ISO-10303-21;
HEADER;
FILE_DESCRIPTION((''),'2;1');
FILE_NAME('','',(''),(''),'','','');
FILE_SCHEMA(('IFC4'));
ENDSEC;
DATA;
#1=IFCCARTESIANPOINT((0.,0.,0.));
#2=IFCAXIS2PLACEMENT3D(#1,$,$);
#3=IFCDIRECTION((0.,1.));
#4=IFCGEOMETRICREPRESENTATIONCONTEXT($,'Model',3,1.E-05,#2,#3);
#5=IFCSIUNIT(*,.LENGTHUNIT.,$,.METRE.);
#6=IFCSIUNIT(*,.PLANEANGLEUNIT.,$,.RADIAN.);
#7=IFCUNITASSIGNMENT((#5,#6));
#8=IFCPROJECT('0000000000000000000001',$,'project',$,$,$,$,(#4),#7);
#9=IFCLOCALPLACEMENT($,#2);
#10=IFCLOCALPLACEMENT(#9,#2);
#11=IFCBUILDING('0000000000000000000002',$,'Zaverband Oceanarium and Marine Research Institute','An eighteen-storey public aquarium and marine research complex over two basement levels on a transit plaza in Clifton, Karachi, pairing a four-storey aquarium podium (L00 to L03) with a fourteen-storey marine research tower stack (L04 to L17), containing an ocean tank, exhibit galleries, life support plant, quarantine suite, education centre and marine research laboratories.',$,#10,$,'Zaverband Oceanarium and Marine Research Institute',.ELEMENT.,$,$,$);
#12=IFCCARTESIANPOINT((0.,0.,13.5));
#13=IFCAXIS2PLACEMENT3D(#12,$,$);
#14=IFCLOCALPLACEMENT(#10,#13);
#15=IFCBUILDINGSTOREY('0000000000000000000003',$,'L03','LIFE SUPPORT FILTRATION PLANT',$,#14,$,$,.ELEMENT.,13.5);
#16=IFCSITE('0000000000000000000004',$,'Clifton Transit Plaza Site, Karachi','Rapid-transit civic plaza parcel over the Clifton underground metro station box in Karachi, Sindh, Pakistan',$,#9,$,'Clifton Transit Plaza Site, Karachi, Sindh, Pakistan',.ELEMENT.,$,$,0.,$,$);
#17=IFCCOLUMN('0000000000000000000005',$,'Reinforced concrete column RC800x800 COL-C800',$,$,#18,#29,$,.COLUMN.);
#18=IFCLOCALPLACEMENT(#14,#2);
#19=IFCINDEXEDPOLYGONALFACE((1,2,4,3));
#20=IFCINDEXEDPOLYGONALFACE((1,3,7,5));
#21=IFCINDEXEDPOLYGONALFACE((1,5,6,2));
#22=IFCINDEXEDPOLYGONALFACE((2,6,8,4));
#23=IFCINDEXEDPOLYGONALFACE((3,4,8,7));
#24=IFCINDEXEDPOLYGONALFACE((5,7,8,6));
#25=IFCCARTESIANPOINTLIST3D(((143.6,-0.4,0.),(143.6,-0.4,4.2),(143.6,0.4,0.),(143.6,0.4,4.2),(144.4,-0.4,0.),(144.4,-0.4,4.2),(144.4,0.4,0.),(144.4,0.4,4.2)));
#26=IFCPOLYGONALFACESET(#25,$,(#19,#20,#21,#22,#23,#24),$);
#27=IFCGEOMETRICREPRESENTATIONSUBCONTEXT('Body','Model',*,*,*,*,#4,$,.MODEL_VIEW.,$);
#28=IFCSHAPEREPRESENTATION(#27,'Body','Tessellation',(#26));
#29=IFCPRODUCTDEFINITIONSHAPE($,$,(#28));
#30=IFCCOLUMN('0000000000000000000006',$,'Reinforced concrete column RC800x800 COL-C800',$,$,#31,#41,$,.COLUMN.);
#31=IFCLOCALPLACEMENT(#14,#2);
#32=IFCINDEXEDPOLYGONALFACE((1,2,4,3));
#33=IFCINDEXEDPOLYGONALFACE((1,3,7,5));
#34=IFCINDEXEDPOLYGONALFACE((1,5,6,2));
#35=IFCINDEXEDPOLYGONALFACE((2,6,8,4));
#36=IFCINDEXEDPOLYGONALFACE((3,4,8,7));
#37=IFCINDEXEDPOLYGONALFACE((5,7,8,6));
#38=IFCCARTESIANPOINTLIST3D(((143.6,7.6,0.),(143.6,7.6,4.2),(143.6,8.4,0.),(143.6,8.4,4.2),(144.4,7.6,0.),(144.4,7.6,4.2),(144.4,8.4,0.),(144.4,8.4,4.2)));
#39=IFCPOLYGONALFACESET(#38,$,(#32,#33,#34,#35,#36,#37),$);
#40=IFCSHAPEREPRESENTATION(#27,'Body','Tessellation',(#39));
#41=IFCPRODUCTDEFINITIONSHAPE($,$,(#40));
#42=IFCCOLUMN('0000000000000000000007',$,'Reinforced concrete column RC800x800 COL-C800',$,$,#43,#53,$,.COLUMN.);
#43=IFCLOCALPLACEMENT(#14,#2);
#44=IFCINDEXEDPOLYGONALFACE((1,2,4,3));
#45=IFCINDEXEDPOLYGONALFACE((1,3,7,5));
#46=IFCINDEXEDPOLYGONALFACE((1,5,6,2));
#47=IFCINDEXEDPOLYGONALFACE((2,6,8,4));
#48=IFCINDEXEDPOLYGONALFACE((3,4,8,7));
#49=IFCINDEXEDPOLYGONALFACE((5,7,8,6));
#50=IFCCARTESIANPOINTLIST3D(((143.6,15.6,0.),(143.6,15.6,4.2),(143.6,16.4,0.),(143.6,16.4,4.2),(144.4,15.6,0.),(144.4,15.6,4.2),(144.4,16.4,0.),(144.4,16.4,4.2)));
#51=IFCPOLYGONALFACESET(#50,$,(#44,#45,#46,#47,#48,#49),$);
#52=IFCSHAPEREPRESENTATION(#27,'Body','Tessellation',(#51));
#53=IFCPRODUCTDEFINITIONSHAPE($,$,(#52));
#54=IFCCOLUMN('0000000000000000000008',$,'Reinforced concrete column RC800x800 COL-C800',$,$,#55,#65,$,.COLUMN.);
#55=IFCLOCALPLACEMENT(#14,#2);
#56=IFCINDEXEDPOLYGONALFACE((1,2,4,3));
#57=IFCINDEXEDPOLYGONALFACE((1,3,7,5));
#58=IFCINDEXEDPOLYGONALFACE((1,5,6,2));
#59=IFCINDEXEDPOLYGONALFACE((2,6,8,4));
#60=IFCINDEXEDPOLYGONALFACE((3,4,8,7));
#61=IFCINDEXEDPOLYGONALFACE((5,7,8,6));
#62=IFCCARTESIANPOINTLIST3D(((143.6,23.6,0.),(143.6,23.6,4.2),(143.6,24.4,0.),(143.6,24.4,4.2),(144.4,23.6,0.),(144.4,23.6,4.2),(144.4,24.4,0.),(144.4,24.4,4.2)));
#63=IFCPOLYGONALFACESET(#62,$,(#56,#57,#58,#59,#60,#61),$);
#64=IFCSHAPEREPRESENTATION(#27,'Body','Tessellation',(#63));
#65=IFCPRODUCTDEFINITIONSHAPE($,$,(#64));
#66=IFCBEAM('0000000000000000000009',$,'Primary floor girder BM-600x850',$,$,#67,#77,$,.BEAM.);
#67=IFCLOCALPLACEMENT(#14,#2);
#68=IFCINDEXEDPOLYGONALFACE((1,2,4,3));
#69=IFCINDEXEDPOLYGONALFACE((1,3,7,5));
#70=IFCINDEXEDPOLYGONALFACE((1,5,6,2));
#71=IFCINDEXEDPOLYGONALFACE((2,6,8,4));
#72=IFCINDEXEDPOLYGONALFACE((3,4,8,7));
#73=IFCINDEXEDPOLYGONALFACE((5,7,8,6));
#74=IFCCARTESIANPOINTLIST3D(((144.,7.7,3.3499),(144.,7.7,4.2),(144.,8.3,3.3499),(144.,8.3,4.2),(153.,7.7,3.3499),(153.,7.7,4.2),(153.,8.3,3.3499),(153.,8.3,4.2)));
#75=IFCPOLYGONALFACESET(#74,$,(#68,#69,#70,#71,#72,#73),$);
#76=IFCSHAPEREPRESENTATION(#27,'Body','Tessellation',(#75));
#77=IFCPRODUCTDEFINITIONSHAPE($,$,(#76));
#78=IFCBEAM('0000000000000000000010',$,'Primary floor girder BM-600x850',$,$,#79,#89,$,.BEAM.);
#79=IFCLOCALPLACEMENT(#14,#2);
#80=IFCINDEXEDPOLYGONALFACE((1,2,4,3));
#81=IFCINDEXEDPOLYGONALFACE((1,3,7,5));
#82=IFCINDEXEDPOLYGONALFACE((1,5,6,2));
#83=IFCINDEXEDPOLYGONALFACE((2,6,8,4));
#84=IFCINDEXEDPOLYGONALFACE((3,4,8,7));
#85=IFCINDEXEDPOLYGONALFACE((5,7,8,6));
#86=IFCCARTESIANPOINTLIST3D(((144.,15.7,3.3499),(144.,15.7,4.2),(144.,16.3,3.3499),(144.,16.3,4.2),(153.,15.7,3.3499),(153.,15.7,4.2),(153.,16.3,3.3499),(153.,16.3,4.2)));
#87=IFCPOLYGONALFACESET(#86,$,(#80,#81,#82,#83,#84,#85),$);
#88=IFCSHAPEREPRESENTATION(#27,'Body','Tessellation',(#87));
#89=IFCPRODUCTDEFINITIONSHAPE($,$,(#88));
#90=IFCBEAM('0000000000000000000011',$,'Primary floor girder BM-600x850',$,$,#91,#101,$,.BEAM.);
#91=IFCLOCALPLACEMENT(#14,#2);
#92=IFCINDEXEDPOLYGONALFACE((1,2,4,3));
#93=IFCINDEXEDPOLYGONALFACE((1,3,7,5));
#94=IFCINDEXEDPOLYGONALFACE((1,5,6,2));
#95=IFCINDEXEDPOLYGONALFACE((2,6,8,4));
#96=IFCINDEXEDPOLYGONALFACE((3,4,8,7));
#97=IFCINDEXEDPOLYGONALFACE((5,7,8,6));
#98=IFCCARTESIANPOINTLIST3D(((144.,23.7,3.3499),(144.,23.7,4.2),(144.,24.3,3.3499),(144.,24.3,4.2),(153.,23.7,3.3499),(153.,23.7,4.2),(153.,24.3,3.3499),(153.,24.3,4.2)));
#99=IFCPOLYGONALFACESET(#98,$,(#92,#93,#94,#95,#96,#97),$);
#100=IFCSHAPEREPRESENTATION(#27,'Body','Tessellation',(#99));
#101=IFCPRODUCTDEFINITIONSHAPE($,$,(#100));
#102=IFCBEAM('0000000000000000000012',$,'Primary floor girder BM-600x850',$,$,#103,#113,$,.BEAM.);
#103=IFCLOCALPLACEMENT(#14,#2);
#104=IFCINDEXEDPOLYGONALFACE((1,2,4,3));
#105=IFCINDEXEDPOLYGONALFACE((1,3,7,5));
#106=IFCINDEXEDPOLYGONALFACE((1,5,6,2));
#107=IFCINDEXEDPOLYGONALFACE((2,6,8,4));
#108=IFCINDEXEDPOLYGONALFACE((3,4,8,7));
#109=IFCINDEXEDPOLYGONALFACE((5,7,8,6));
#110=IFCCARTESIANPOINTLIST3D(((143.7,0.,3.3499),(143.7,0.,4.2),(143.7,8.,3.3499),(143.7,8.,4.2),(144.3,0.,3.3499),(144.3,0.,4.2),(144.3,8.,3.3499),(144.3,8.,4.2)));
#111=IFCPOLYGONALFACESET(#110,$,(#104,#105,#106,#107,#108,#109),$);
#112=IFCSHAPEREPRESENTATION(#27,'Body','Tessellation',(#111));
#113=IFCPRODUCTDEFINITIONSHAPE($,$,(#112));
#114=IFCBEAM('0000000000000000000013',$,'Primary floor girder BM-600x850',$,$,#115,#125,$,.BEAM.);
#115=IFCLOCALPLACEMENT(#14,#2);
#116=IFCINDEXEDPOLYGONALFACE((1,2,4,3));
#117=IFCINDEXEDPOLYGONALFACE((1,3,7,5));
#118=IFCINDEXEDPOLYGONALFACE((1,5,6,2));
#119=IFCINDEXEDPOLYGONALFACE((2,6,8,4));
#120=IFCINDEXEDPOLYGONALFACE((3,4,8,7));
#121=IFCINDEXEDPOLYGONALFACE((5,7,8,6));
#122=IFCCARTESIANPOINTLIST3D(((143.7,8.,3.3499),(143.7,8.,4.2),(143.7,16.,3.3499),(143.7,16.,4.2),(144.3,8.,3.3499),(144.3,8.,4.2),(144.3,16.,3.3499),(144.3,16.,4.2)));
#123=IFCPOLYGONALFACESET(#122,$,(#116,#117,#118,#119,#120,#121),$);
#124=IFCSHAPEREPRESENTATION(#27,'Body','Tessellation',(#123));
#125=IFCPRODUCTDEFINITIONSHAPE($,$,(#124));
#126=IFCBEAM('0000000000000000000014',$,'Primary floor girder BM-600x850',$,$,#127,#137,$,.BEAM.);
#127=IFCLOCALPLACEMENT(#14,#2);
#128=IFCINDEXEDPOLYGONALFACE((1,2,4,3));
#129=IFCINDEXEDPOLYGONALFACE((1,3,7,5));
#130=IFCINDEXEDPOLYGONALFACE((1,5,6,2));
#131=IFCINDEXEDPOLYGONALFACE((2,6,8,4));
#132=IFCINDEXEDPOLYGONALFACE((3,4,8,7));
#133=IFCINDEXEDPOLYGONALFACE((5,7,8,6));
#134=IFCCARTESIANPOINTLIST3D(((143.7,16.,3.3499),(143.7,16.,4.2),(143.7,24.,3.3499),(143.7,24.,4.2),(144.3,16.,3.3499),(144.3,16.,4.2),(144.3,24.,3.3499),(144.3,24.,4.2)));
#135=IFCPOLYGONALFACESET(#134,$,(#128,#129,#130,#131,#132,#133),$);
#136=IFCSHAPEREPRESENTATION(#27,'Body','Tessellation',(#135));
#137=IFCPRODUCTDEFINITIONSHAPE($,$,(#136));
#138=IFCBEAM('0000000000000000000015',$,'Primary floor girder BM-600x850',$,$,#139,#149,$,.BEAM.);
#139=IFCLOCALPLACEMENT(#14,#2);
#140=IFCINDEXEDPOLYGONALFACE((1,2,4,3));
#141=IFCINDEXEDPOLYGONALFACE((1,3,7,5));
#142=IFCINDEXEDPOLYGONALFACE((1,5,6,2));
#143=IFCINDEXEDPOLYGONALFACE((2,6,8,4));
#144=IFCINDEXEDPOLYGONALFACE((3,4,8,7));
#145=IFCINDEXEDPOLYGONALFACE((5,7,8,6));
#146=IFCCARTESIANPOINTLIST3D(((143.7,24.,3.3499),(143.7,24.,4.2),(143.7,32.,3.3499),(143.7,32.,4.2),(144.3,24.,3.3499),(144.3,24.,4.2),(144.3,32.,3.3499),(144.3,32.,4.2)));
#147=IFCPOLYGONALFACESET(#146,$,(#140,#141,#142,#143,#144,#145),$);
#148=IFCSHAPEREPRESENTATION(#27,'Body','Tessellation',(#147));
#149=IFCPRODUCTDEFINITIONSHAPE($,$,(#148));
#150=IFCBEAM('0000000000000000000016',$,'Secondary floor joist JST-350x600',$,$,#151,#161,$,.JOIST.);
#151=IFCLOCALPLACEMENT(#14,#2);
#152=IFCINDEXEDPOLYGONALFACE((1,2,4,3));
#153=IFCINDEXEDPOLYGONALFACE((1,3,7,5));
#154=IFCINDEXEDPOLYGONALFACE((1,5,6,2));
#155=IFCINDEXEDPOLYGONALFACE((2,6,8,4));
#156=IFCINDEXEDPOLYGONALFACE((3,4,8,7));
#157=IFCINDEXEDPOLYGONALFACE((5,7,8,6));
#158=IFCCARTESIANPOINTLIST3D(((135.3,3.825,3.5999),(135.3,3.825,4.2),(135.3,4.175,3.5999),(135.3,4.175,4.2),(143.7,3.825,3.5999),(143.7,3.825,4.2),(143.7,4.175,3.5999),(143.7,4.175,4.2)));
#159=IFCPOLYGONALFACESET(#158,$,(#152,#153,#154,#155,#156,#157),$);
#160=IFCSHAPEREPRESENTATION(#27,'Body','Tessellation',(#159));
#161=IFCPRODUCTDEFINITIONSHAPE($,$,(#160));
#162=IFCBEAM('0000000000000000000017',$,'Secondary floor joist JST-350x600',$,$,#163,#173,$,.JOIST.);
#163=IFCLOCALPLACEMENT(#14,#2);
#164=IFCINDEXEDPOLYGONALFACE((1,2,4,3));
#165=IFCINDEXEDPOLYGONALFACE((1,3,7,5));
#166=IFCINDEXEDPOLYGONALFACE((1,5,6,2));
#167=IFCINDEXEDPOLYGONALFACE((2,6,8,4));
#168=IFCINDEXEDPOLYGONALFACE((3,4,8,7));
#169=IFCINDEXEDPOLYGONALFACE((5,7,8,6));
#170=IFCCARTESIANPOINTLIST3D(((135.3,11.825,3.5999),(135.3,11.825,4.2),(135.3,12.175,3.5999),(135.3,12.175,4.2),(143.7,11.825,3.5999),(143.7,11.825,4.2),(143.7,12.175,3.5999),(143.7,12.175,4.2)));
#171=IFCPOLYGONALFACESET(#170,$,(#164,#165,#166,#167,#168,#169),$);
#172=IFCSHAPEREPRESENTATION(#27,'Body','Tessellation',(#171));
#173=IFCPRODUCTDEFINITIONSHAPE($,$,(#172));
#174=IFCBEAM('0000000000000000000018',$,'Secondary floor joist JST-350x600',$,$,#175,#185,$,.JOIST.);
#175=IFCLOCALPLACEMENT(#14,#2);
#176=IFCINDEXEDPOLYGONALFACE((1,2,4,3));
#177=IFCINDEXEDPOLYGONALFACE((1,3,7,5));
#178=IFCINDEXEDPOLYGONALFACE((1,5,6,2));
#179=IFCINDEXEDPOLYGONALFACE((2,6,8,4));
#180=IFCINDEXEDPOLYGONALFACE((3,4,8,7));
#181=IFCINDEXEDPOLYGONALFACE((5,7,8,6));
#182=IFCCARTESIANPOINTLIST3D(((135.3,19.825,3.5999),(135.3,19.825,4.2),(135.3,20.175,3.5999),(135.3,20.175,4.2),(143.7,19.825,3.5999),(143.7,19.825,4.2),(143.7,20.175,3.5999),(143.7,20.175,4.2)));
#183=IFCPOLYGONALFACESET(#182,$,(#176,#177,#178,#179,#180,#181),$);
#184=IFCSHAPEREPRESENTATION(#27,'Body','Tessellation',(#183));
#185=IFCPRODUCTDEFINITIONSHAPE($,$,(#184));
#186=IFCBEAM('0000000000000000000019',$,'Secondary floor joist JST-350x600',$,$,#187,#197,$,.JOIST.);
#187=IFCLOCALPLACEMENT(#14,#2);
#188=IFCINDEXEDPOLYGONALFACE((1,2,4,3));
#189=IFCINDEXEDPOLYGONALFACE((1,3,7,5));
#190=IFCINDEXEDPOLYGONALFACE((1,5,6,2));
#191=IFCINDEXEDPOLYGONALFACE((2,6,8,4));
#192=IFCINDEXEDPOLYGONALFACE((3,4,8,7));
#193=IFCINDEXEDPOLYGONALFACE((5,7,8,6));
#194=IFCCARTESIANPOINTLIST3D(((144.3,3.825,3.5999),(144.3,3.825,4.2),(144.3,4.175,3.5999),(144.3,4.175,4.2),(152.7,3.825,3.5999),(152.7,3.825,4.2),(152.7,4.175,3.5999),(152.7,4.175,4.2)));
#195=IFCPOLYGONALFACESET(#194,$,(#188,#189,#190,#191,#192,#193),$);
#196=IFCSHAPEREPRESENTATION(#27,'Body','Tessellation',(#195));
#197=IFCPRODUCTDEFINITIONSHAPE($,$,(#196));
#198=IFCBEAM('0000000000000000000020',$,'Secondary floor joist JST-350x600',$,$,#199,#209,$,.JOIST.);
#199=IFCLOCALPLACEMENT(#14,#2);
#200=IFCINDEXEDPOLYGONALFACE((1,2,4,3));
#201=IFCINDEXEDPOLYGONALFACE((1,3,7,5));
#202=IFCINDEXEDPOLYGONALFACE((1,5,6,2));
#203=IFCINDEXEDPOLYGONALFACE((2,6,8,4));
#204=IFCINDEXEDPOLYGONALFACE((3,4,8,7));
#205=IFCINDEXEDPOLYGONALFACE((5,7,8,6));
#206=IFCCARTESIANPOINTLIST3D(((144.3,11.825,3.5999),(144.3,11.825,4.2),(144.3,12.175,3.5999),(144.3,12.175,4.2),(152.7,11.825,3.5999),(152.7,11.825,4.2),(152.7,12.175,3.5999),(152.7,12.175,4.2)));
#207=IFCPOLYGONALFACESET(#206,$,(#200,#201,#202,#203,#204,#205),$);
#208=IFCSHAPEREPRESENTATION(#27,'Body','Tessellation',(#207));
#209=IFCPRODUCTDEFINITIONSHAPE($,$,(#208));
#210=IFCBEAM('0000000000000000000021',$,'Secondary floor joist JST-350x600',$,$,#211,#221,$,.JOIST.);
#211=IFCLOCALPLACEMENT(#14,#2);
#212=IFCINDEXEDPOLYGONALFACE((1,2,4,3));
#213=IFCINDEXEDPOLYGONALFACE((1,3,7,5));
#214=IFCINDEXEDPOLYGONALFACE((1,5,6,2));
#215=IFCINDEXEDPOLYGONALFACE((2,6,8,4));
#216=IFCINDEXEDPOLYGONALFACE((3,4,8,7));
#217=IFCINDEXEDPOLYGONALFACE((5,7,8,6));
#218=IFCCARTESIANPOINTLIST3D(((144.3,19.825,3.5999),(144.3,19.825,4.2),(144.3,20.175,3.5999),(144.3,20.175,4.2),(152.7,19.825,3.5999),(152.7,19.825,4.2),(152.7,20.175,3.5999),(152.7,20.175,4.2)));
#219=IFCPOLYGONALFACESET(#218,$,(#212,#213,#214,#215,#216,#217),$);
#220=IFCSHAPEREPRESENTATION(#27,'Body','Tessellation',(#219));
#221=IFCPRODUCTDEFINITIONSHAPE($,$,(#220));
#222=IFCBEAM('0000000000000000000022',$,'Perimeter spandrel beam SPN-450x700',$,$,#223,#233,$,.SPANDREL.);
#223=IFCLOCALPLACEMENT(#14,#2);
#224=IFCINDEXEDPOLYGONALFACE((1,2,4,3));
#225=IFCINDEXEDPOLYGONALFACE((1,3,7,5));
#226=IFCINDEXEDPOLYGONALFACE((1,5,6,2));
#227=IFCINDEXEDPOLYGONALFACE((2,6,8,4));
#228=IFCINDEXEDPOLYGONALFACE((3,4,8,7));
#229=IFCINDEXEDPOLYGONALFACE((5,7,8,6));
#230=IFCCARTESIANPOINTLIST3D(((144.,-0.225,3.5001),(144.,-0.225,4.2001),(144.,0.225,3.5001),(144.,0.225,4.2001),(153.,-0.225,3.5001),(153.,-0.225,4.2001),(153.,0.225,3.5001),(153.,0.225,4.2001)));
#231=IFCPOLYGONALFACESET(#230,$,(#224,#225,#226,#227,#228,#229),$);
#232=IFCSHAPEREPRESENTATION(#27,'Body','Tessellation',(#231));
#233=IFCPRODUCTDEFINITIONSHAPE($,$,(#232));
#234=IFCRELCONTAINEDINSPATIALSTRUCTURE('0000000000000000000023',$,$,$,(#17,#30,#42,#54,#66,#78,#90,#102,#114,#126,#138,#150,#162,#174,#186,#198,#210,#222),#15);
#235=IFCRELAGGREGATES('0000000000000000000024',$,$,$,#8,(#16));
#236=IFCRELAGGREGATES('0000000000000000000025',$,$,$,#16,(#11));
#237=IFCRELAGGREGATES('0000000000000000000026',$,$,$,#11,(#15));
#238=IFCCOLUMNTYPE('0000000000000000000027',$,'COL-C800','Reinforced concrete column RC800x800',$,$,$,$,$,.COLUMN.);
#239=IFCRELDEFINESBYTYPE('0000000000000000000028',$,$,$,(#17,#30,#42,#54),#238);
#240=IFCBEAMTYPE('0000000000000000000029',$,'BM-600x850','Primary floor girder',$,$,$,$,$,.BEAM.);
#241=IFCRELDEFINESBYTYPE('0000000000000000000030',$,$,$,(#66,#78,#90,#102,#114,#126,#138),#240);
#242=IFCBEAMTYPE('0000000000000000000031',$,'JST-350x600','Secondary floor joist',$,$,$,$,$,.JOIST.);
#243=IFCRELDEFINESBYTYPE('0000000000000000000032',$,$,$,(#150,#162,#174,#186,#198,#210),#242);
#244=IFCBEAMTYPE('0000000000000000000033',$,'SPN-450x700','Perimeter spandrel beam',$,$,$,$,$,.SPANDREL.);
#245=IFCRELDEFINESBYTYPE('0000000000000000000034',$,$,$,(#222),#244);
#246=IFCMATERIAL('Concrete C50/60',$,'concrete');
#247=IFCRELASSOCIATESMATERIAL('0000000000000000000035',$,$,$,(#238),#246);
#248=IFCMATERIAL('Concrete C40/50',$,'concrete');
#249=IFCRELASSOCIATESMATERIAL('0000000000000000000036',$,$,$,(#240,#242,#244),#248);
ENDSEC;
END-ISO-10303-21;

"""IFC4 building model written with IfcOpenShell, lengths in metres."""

from ifc_helpers import new_model, si_unit, direction, frame, origin, origin_2d, place, context, subcontext, project, spatial, rectangle, extrude, material, material_profile, profile_set, type_object, element, save


model = new_model("IFC4")

# Units and contexts
model_context = context("Model", 3, precision=1e-05, world=origin(), true_north=direction((0.0, 1.0)))
body_context = subcontext(model_context, "Body", "Model", "MODEL_VIEW")
ifc_project = project(units=[si_unit("LENGTHUNIT", "METRE"), si_unit("PLANEANGLEUNIT", "RADIAN")], contexts=[model_context])

# Site, building, storey
site_placement = place(None, origin())
site = spatial("IfcSite", under=ifc_project, at=site_placement, Name="Clifton Transit Plaza Site, Karachi", Description="Rapid-transit civic plaza parcel over the Clifton underground metro station box in Karachi, Sindh, Pakistan", LongName="Clifton Transit Plaza Site, Karachi, Sindh, Pakistan", CompositionType="ELEMENT", RefElevation=0.0)
building_placement = place(site_placement, origin())
building = spatial("IfcBuilding", under=site, at=building_placement, Name="Zaverband Oceanarium and Marine Research Institute", Description="An eighteen-storey public aquarium and marine research complex over two basement levels on a transit plaza in Clifton, Karachi, pairing a four-storey aquarium podium (L00 to L03) with a fourteen-storey marine research tower stack (L04 to L17), containing an ocean tank, exhibit galleries, life support plant, quarantine suite, education centre and marine research laboratories.", LongName="Zaverband Oceanarium and Marine Research Institute", CompositionType="ELEMENT")
storey_placement = place(building_placement, frame((0.0, 0.0, 13.5)))
storey = spatial("IfcBuildingStorey", under=building, at=storey_placement, Name="L03", Description="LIFE SUPPORT FILTRATION PLANT", CompositionType="ELEMENT", Elevation=13.5)

# Columns
ifc_material_1 = material(Name="Concrete C50/60", Category="concrete")
ifc_material_profile_1 = material_profile(ifc_material_1, rectangle(XDim=0.8, YDim=0.8, at=origin_2d()), Name="RC800x800")
ifc_profile_set_1 = profile_set([ifc_material_profile_1], Name="Concrete C50/60")
column_type = type_object("IfcColumnType", Name="COL-C800", Description="Reinforced concrete column RC800x800", PredefinedType="COLUMN", material=ifc_profile_set_1)
for number, where, z_axis, x_axis, name in (
    (1, (144.0, 0.0, 0.0), (0.0, 0.0, 1.0), (1.0, 0.0, 0.0), "Reinforced concrete column RC800x800 COL-C800"),
    (2, (144.0, 8.0, 0.0), (0.0, 0.0, 1.0), (1.0, 0.0, 0.0), "Reinforced concrete column RC800x800 COL-C800"),
    (3, (144.0, 16.0, 0.0), (0.0, 0.0, 1.0), (1.0, 0.0, 0.0), "Reinforced concrete column RC800x800 COL-C800"),
    (4, (144.0, 24.0, 0.0), (0.0, 0.0, 1.0), (1.0, 0.0, 0.0), "Reinforced concrete column RC800x800 COL-C800"),
):
    element("IfcColumn", number, at=place(storey_placement, frame(where, z_axis=z_axis, x_axis=x_axis)), inside=storey, type_object=column_type, Name=name, PredefinedType="COLUMN", context=body_context, shape_type="SweptSolid", body=[
        extrude(rectangle(XDim=0.8, YDim=0.8, at=origin_2d()), origin(), (0.0, 0.0, 1.0), 4.2),
    ])

# Beams
ifc_material_2 = material(Name="Concrete C40/50", Category="concrete")
ifc_material_profile_2 = material_profile(ifc_material_2, rectangle(XDim=0.6001, YDim=0.8501, at=origin_2d()), Name="RC600x850")
ifc_profile_set_2 = profile_set([ifc_material_profile_2], Name="Concrete C40/50")
beam_type_1 = type_object("IfcBeamType", Name="BM-600x850", Description="Primary floor girder", PredefinedType="BEAM", material=ifc_profile_set_2)
for number, where, z_axis, x_axis, name in (
    (5, (144.0, 8.0, 3.7749), (1.0, 0.0, 0.0), (0.0, 1.0, 0.0), "Primary floor girder BM-600x850"),
    (6, (144.0, 16.0, 3.7749), (1.0, 0.0, 0.0), (0.0, 1.0, 0.0), "Primary floor girder BM-600x850"),
    (7, (144.0, 24.0, 3.7749), (1.0, 0.0, 0.0), (0.0, 1.0, 0.0), "Primary floor girder BM-600x850"),
):
    element("IfcBeam", number, at=place(storey_placement, frame(where, z_axis=z_axis, x_axis=x_axis)), inside=storey, type_object=beam_type_1, Name=name, PredefinedType="BEAM", context=body_context, shape_type="SweptSolid", body=[
        extrude(rectangle(XDim=0.6001, YDim=0.8501, at=origin_2d()), origin(), (0.0, 0.0, 1.0), 9.0),
    ])
for number, where, z_axis, x_axis, name in (
    (8, (144.0, 0.0, 3.7749), (0.0, 1.0, 0.0), (-1.0, 0.0, 0.0), "Primary floor girder BM-600x850"),
    (9, (144.0, 8.0, 3.7749), (0.0, 1.0, 0.0), (-1.0, 0.0, 0.0), "Primary floor girder BM-600x850"),
    (10, (144.0, 16.0, 3.7749), (0.0, 1.0, 0.0), (-1.0, 0.0, 0.0), "Primary floor girder BM-600x850"),
    (11, (144.0, 24.0, 3.7749), (0.0, 1.0, 0.0), (-1.0, 0.0, 0.0), "Primary floor girder BM-600x850"),
):
    element("IfcBeam", number, at=place(storey_placement, frame(where, z_axis=z_axis, x_axis=x_axis)), inside=storey, type_object=beam_type_1, Name=name, PredefinedType="BEAM", context=body_context, shape_type="SweptSolid", body=[
        extrude(rectangle(XDim=0.6001, YDim=0.8501, at=origin_2d()), origin(), (0.0, 0.0, 1.0), 8.0),
    ])
ifc_material_profile_3 = material_profile(ifc_material_2, rectangle(XDim=0.3501, YDim=0.6001, at=origin_2d()), Name="RC350x600")
ifc_profile_set_3 = profile_set([ifc_material_profile_3], Name="Concrete C40/50")
beam_type_2 = type_object("IfcBeamType", Name="JST-350x600", Description="Secondary floor joist", PredefinedType="JOIST", material=ifc_profile_set_3)
for number, where, z_axis, x_axis, name in (
    (12, (135.3, 4.0, 3.8999), (1.0, 0.0, 0.0), (0.0, 1.0, 0.0), "Secondary floor joist JST-350x600"),
    (13, (135.3, 12.0, 3.8999), (1.0, 0.0, 0.0), (0.0, 1.0, 0.0), "Secondary floor joist JST-350x600"),
    (14, (135.3, 20.0, 3.8999), (1.0, 0.0, 0.0), (0.0, 1.0, 0.0), "Secondary floor joist JST-350x600"),
    (15, (144.3, 4.0, 3.8999), (1.0, 0.0, 0.0), (0.0, 1.0, 0.0), "Secondary floor joist JST-350x600"),
    (16, (144.3, 12.0, 3.8999), (1.0, 0.0, 0.0), (0.0, 1.0, 0.0), "Secondary floor joist JST-350x600"),
    (17, (144.3, 20.0, 3.8999), (1.0, 0.0, 0.0), (0.0, 1.0, 0.0), "Secondary floor joist JST-350x600"),
):
    element("IfcBeam", number, at=place(storey_placement, frame(where, z_axis=z_axis, x_axis=x_axis)), inside=storey, type_object=beam_type_2, Name=name, PredefinedType="JOIST", context=body_context, shape_type="SweptSolid", body=[
        extrude(rectangle(XDim=0.3501, YDim=0.6001, at=origin_2d()), origin(), (0.0, 0.0, 1.0), 8.3999),
    ])
ifc_material_profile_4 = material_profile(ifc_material_2, rectangle(XDim=0.45, YDim=0.7, at=origin_2d()), Name="RC450x700")
ifc_profile_set_4 = profile_set([ifc_material_profile_4], Name="Concrete C40/50")
beam_type_3 = type_object("IfcBeamType", Name="SPN-450x700", Description="Perimeter spandrel beam", PredefinedType="SPANDREL", material=ifc_profile_set_4)
beam_placement = place(storey_placement, frame((144.0, 0.0, 3.8501), z_axis=(1.0, 0.0, 0.0), x_axis=(0.0, 1.0, 0.0)))
element("IfcBeam", 18, at=beam_placement, inside=storey, type_object=beam_type_3, Name="Perimeter spandrel beam SPN-450x700", PredefinedType="SPANDREL", context=body_context, shape_type="SweptSolid", body=[
    extrude(rectangle(XDim=0.45, YDim=0.7, at=origin_2d()), origin(), (0.0, 0.0, 1.0), 9.0),
])

save(model, "model.ifc")
